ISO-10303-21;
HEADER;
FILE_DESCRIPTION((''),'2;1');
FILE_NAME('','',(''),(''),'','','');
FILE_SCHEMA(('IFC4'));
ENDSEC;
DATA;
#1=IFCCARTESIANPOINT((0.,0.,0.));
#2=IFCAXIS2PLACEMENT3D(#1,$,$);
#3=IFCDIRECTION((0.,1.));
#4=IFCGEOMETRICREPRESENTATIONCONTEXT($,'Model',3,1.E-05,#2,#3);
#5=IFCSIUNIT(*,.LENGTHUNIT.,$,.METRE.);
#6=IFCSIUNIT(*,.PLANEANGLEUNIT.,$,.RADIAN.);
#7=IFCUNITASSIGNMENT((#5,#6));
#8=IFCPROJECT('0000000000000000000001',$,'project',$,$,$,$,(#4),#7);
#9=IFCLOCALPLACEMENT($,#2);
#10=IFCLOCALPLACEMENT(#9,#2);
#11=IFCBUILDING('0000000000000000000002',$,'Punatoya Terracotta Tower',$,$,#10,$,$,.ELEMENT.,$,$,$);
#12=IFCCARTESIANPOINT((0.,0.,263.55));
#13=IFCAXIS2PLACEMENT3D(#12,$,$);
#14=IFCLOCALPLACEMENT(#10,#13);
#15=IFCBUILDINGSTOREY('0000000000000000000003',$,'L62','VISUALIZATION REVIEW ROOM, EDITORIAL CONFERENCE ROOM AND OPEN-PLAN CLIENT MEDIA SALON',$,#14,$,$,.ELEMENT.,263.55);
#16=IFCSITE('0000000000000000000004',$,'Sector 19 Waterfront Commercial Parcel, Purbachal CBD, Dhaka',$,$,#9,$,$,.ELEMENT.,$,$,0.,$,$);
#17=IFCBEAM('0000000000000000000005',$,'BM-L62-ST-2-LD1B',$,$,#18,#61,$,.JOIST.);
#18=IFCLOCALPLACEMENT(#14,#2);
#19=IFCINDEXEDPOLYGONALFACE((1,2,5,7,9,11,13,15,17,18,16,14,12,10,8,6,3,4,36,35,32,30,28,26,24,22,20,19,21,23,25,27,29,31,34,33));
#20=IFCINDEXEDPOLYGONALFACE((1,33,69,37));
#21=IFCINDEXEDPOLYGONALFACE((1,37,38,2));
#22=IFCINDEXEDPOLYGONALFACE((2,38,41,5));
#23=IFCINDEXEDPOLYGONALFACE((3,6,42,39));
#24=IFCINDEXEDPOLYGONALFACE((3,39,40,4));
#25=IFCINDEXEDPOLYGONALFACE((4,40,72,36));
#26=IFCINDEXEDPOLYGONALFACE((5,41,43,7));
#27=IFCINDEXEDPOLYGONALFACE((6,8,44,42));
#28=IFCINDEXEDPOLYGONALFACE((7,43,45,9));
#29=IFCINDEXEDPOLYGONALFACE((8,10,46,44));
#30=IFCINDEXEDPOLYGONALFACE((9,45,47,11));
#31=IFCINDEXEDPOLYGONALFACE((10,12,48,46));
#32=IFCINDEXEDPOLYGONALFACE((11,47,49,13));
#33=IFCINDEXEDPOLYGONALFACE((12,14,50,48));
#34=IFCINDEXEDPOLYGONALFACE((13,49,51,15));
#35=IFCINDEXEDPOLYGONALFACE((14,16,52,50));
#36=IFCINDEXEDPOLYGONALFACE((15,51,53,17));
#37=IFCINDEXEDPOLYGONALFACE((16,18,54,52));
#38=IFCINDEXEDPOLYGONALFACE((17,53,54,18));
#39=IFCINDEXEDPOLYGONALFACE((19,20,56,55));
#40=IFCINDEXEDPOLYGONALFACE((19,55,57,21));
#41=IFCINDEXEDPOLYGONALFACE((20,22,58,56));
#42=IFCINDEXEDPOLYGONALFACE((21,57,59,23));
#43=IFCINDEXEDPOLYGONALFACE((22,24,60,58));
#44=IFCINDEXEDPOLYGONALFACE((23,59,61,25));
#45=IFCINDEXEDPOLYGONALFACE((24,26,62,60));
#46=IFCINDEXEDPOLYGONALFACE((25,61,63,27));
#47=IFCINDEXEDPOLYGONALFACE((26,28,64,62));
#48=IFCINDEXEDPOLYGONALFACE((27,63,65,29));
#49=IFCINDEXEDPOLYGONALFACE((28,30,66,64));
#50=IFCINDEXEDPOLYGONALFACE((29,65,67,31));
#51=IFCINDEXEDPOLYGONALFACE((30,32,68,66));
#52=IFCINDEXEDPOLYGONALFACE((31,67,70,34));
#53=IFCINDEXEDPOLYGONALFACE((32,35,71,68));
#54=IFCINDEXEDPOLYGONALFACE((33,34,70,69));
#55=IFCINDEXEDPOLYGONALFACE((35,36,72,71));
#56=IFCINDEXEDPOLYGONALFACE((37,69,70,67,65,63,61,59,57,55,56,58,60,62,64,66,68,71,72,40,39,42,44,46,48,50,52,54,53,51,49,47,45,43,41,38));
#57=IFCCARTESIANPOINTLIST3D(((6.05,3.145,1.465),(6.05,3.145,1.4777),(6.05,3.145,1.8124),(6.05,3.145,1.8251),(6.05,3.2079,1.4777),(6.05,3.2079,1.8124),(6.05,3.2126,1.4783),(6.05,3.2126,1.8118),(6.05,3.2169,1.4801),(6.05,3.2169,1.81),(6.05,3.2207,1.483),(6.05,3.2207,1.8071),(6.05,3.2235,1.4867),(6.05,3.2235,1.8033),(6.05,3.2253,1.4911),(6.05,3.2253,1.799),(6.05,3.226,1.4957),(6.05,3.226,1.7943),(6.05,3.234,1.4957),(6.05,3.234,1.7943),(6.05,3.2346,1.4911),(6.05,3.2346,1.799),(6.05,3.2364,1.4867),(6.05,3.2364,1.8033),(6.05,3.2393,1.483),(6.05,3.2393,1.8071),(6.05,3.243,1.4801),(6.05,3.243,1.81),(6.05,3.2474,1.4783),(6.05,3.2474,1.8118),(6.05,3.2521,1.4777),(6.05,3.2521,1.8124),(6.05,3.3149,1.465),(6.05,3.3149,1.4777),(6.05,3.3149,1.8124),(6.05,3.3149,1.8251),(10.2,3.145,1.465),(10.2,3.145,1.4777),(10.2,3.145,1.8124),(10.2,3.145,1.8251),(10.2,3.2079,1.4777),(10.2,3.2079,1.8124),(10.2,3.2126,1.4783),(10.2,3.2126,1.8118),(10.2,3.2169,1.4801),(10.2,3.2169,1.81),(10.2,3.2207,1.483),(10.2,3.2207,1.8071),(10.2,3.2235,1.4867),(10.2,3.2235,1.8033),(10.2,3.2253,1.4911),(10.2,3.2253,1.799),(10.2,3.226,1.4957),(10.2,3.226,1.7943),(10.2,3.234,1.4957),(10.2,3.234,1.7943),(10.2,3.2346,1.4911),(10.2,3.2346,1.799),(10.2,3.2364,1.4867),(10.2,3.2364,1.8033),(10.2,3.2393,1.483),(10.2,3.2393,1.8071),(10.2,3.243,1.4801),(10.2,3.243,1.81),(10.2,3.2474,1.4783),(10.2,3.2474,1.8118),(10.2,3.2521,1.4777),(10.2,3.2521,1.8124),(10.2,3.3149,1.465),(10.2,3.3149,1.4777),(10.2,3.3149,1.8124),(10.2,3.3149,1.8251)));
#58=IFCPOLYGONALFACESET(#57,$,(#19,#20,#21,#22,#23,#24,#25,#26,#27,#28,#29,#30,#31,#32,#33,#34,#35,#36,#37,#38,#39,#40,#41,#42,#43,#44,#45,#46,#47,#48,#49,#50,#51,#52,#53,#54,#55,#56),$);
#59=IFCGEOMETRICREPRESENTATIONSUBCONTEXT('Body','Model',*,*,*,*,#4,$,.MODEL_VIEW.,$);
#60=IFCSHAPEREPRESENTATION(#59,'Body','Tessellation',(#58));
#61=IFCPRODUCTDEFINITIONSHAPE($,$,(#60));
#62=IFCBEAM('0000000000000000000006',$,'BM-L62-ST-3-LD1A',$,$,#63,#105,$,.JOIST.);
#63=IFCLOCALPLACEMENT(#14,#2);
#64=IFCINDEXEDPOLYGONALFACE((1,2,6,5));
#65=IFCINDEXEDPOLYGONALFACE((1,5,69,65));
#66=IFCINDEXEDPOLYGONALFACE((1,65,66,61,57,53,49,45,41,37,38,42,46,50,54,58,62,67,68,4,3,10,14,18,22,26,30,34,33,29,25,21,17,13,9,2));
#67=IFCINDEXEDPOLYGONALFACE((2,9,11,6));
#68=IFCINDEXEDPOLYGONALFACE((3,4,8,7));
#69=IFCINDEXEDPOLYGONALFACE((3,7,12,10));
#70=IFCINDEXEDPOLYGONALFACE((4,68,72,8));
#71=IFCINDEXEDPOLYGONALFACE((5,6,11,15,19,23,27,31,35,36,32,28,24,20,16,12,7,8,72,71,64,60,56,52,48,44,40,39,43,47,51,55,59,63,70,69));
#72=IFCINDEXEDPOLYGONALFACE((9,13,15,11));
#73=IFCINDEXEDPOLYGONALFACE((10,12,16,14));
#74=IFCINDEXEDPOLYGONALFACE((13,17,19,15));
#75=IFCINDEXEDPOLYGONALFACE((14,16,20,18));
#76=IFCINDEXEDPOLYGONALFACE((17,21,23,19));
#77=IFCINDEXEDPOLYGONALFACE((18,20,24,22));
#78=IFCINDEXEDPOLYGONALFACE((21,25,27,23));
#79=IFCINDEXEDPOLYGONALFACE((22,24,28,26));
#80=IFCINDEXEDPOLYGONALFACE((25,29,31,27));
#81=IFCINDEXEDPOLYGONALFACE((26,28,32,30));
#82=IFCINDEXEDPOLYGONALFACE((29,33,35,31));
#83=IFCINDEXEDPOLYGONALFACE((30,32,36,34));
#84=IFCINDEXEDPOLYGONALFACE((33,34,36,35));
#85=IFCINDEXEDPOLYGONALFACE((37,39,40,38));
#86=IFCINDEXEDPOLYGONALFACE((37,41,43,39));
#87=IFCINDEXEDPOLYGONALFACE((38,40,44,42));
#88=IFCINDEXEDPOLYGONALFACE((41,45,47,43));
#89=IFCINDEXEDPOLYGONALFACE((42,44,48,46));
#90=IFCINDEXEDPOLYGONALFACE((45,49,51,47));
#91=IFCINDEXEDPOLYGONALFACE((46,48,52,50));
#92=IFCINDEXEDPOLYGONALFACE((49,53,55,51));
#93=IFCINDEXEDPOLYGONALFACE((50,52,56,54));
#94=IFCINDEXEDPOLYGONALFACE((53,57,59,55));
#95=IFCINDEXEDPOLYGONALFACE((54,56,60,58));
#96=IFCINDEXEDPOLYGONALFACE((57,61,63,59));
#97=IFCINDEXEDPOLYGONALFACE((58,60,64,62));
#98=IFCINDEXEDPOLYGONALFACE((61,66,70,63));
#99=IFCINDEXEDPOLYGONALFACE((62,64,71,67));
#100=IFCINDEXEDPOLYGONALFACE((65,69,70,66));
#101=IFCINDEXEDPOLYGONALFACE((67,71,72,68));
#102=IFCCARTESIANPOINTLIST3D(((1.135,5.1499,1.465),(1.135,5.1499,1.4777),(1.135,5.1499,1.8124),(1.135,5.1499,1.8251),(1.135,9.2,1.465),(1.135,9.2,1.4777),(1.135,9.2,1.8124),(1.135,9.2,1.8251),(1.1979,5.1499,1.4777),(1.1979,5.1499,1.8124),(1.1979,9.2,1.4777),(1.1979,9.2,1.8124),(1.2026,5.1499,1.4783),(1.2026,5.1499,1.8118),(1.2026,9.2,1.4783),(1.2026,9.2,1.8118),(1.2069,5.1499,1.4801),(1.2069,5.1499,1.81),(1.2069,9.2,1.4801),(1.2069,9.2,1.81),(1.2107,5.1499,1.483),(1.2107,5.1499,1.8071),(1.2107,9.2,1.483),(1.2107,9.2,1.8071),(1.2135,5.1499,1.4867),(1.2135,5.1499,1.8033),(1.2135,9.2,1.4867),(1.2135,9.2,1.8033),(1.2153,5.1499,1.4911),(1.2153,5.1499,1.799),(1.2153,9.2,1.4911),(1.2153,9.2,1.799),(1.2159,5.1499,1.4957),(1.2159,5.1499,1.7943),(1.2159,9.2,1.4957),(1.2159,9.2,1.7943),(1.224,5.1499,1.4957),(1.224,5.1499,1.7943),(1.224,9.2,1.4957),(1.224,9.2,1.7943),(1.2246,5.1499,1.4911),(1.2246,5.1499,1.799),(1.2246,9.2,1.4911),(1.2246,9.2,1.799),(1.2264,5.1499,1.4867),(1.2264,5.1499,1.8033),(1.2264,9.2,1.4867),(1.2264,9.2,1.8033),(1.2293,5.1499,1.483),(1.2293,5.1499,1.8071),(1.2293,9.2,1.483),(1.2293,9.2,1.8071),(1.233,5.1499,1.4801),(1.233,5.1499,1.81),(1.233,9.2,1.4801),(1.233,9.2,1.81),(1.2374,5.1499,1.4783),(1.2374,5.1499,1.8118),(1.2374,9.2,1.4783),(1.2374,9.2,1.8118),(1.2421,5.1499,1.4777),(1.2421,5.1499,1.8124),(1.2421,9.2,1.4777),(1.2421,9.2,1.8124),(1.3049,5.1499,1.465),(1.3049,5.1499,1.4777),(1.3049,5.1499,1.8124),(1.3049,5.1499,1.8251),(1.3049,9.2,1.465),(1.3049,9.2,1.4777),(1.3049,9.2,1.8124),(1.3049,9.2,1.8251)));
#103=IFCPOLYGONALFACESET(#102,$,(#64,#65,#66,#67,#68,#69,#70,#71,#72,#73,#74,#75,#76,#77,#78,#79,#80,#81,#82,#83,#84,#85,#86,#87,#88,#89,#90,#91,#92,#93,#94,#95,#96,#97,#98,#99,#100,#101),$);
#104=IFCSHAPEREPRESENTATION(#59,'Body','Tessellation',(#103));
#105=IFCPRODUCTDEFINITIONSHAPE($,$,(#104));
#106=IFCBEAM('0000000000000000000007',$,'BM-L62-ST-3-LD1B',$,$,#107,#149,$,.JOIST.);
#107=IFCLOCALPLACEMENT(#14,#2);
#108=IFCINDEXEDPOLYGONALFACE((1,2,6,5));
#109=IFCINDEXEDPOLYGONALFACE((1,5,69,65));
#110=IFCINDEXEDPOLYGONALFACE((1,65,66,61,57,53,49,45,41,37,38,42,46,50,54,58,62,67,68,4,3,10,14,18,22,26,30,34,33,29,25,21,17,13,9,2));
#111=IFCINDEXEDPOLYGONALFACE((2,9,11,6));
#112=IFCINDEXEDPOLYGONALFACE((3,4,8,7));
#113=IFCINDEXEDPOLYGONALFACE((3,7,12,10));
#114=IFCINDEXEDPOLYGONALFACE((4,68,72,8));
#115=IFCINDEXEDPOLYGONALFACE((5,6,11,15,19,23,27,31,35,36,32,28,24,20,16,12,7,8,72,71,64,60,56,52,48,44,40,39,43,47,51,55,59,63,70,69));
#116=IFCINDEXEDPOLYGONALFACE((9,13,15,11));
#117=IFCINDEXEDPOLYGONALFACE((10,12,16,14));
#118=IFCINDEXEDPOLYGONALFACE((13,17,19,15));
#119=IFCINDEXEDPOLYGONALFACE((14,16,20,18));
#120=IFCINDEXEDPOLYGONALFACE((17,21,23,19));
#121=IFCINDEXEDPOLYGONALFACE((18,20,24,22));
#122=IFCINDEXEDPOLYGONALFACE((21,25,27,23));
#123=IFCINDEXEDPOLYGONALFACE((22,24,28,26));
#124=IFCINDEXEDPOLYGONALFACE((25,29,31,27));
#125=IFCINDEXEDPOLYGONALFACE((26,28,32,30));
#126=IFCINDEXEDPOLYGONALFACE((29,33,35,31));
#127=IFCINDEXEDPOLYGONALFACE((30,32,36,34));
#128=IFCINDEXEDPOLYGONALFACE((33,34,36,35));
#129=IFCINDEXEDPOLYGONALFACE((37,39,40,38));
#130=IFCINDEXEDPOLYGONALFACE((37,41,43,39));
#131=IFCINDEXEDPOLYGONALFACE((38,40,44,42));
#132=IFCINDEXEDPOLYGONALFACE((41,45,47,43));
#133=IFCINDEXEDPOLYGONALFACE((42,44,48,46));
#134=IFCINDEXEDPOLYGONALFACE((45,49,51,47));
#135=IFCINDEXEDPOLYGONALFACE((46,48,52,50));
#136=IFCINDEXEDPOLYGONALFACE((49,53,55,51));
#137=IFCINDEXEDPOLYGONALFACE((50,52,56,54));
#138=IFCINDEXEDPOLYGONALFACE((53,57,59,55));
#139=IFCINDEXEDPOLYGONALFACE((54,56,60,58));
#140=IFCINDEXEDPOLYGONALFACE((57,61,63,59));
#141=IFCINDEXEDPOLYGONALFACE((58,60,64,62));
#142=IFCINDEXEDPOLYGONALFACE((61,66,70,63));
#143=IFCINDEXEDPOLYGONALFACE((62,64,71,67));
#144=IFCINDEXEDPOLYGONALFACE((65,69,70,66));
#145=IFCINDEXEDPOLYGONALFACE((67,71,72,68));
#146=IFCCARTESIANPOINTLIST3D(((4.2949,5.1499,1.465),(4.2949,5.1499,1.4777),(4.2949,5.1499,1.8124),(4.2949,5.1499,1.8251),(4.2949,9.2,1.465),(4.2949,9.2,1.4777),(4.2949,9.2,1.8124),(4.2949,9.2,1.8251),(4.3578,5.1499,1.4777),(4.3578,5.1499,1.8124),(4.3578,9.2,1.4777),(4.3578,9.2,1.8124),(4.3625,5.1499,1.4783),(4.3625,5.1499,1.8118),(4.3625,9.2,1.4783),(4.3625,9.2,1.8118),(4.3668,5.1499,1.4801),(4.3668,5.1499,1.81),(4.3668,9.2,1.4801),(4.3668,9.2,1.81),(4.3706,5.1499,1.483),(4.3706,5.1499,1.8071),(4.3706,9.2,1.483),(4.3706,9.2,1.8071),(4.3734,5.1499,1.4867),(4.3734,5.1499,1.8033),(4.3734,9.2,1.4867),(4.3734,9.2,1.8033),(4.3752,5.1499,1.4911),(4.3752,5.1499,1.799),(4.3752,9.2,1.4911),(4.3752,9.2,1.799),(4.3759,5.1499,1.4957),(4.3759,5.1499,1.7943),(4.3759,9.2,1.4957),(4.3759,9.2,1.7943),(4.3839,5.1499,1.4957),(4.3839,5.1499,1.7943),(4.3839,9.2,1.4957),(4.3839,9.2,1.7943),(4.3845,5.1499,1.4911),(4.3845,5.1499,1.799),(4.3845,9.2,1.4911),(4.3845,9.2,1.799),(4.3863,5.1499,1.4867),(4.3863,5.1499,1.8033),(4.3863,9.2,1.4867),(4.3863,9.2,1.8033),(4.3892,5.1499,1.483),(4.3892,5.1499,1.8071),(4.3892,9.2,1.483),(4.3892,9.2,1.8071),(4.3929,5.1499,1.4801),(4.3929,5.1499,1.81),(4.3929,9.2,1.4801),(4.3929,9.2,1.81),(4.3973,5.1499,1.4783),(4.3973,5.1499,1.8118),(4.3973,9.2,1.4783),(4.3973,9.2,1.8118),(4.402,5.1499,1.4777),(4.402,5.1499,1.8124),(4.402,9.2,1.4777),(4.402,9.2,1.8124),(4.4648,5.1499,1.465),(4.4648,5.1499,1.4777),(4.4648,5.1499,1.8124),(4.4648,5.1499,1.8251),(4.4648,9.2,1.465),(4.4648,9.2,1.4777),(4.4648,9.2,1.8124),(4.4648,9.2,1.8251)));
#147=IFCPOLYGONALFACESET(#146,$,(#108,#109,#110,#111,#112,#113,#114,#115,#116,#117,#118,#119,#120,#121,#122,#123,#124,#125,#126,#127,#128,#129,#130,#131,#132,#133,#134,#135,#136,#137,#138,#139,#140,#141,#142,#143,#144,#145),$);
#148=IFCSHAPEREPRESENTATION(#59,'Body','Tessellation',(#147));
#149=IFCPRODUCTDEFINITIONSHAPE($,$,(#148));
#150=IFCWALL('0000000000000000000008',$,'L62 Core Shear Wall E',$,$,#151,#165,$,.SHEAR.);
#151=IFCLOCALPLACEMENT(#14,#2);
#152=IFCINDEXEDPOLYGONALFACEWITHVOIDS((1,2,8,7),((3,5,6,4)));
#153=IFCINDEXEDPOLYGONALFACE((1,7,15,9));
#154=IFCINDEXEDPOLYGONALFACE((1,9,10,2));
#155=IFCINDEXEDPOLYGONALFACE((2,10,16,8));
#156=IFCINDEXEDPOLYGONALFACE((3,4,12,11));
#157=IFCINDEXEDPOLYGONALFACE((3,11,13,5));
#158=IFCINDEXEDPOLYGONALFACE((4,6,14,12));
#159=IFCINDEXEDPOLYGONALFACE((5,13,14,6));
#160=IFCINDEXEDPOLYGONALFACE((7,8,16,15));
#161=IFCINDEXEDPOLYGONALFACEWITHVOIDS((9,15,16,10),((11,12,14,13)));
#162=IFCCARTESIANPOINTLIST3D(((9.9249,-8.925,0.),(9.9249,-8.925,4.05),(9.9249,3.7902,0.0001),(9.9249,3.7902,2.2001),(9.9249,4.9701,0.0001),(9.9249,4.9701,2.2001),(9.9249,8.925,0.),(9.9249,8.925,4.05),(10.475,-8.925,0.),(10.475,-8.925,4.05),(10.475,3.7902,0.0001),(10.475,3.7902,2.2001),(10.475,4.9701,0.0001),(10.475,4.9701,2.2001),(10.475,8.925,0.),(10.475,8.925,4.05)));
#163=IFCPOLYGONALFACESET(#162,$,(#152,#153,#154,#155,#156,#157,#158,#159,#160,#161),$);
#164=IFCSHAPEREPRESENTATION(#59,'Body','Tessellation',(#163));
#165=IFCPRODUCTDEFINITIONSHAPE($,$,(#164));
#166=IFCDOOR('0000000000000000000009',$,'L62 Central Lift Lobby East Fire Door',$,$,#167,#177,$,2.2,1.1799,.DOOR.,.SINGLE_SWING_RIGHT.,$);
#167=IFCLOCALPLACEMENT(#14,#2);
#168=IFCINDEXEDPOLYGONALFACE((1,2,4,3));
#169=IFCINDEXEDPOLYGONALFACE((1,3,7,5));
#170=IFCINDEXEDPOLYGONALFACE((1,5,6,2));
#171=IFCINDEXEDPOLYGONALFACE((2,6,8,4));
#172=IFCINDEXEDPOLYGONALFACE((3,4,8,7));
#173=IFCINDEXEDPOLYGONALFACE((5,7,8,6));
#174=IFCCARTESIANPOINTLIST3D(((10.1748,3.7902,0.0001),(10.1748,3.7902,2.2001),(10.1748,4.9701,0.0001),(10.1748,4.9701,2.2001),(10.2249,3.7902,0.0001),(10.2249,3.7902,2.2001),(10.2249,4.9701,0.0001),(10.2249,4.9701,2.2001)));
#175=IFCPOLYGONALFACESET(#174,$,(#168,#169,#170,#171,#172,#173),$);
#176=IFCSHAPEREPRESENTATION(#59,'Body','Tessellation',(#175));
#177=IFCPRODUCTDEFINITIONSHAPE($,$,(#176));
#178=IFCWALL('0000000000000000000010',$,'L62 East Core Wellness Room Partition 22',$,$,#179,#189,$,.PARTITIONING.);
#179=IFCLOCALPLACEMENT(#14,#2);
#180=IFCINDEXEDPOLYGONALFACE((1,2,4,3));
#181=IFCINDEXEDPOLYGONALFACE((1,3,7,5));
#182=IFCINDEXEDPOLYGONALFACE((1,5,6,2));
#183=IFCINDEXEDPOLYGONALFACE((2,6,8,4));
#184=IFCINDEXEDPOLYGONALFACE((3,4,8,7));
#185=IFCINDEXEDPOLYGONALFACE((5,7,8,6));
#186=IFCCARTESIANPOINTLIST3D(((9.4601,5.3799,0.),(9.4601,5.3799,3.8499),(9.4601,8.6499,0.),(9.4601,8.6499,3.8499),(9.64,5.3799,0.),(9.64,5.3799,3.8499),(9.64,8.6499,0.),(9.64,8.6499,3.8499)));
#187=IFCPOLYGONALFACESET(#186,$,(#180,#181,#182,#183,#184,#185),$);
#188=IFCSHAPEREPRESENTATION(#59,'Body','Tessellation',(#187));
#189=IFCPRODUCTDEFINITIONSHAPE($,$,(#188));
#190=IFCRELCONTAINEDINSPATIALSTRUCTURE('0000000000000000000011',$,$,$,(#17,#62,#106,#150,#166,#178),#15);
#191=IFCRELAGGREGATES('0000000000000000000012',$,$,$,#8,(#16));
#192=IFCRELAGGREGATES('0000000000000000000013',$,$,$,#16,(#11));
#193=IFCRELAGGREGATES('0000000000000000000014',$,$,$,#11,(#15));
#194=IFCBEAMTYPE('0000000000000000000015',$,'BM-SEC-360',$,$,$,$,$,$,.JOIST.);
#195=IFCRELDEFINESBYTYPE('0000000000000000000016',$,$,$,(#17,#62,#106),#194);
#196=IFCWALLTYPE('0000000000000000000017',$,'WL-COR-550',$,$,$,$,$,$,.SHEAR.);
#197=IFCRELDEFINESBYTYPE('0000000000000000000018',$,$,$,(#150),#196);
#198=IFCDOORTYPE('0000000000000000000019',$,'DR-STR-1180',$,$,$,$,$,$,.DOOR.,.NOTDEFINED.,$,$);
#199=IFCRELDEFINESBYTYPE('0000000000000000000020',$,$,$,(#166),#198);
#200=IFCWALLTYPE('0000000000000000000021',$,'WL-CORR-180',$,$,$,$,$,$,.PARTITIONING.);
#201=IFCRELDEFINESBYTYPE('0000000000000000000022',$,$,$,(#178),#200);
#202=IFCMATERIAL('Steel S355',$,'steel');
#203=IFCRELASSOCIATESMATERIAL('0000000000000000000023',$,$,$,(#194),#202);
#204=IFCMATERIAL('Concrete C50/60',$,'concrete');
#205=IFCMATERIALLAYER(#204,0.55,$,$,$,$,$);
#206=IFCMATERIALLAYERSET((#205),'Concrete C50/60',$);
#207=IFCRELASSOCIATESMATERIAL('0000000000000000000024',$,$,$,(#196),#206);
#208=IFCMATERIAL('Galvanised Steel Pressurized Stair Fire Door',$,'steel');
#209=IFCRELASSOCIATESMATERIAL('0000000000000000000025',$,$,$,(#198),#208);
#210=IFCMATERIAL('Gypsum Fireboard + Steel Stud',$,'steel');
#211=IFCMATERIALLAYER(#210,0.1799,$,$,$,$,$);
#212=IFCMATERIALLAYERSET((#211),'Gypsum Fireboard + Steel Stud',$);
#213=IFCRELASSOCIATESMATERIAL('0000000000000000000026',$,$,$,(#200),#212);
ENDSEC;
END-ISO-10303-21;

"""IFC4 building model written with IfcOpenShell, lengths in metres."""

from ifc_helpers import new_model, si_unit, direction, frame, frame_2d, origin, origin_2d, place, context, subcontext, project, spatial, rectangle, i_section, extrude, material, layer, layer_set, material_profile, profile_set, type_object, element, fill, save


model = new_model("IFC4")

# Units and contexts
model_context = context("Model", 3, precision=1e-05, world=origin(), true_north=direction((0.0, 1.0)))
body_context = subcontext(model_context, "Body", "Model", "MODEL_VIEW")
ifc_project = project(units=[si_unit("LENGTHUNIT", "METRE"), si_unit("PLANEANGLEUNIT", "RADIAN")], contexts=[model_context])

# Site, building, storey
site_placement = place(None, origin())
site = spatial("IfcSite", under=ifc_project, at=site_placement, Name="Sector 19 Waterfront Commercial Parcel, Purbachal CBD, Dhaka", CompositionType="ELEMENT", RefElevation=0.0)
building_placement = place(site_placement, origin())
building = spatial("IfcBuilding", under=site, at=building_placement, Name="Punatoya Terracotta Tower", CompositionType="ELEMENT")
storey_placement = place(building_placement, frame((0.0, 0.0, 263.55)))
storey = spatial("IfcBuildingStorey", under=building, at=storey_placement, Name="L62", Description="VISUALIZATION REVIEW ROOM, EDITORIAL CONFERENCE ROOM AND OPEN-PLAN CLIENT MEDIA SALON", CompositionType="ELEMENT", Elevation=263.55)

# Beams
ifc_material_1 = material(Name="Steel S355", Category="steel")
ifc_material_profile_1 = material_profile(ifc_material_1, i_section(OverallWidth=0.1699, OverallDepth=0.3601, WebThickness=0.0081, FlangeThickness=0.0127, FilletRadius=0.0181, at=origin_2d()))
ifc_profile_set_1 = profile_set([ifc_material_profile_1], Name="Steel S355")
beam_type_1 = type_object("IfcBeamType", Name="BM-SEC-360", PredefinedType="JOIST", material=ifc_profile_set_1)
for number, where, z_axis, x_axis, name in (
    (1, (6.05, 3.23, 1.645), (1.0, 0.0, 0.0), (0.0, 1.0, 0.0), "BM-L62-ST-2-LD1B"),
):
    element("IfcBeam", number, at=place(storey_placement, frame(where, z_axis=z_axis, x_axis=x_axis)), inside=storey, type_object=beam_type_1, Name=name, PredefinedType="JOIST", context=body_context, shape_type="SweptSolid", body=[
        extrude(i_section(OverallWidth=0.1699, OverallDepth=0.3601, WebThickness=0.0081, FlangeThickness=0.0127, FilletRadius=0.0181, at=origin_2d()), origin(), (0.0, 0.0, 1.0), 4.1499),
    ])
for number, where, z_axis, x_axis, name in (
    (2, (1.22, 5.1499, 1.645), (0.0, 1.0, 0.0), (-1.0, 0.0, 0.0), "BM-L62-ST-3-LD1A"),
    (3, (4.3799, 5.1499, 1.645), (0.0, 1.0, 0.0), (-1.0, 0.0, 0.0), "BM-L62-ST-3-LD1B"),
):
    element("IfcBeam", number, at=place(storey_placement, frame(where, z_axis=z_axis, x_axis=x_axis)), inside=storey, type_object=beam_type_1, Name=name, PredefinedType="JOIST", context=body_context, shape_type="SweptSolid", body=[
        extrude(i_section(OverallWidth=0.1699, OverallDepth=0.3601, WebThickness=0.0081, FlangeThickness=0.0127, FilletRadius=0.0181, at=origin_2d()), origin(), (0.0, 0.0, 1.0), 4.05),
    ])

# Wall, opening, door
ifc_material_2 = material(Name="Concrete C50/60", Category="concrete")
ifc_layer_1 = layer(ifc_material_2, 0.55)
ifc_layer_set_1 = layer_set([ifc_layer_1], Name="Concrete C50/60")
wall_type_1 = type_object("IfcWallType", Name="WL-COR-550", PredefinedType="SHEAR", material=ifc_layer_set_1)
wall_1_placement = place(storey_placement, frame((10.2, 8.925, 0.0), z_axis=(0.0, 0.0, 1.0), x_axis=(0.0, -1.0, 0.0)))
wall_1 = element("IfcWall", 4, at=wall_1_placement, inside=storey, type_object=wall_type_1, Name="L62 Core Shear Wall E", PredefinedType="SHEAR", context=body_context, shape_type="SweptSolid", body=[
    extrude(rectangle(XDim=17.8501, YDim=0.55, at=frame_2d((8.925, 0.0))), origin(), (0.0, 0.0, 1.0), 4.05),
])
opening_1_placement = place(wall_1_placement, frame((3.9551, 0.0, 0.0)))
opening_1 = element("IfcOpeningElement", 5, at=opening_1_placement, cuts=wall_1, PredefinedType="OPENING", context=body_context, shape_type="SweptSolid", body=[
    extrude(rectangle(XDim=1.1799, YDim=2.2, at=frame_2d((0.5898, 1.1001))), frame((0.0, 0.2849, 0.0), z_axis=(0.0, -1.0, 0.0), x_axis=(1.0, 0.0, 0.0)), (0.0, 0.0, 1.0), 0.5701),
])
ifc_material_3 = material(Name="Galvanised Steel Pressurized Stair Fire Door", Category="steel")
door_type_1 = type_object("IfcDoorType", Name="DR-STR-1180", OperationType="NOTDEFINED", PredefinedType="DOOR", material=ifc_material_3)
door_1_placement = place(opening_1_placement, origin())
door_1 = element("IfcDoor", 6, at=door_1_placement, inside=storey, type_object=door_type_1, Name="L62 Central Lift Lobby East Fire Door", OperationType="SINGLE_SWING_RIGHT", OverallHeight=2.2, OverallWidth=1.1799, PredefinedType="DOOR", context=body_context, shape_type="SweptSolid", body=[
    extrude(rectangle(XDim=1.1799, YDim=2.2, at=frame_2d((0.5898, 1.1001))), frame((0.0, 0.0249, 0.0), z_axis=(0.0, -1.0, 0.0), x_axis=(1.0, 0.0, 0.0)), (0.0, 0.0, 1.0), 0.05),
])
fill(opening_1, door_1)

# Wall
ifc_material_4 = material(Name="Gypsum Fireboard + Steel Stud", Category="steel")
ifc_layer_2 = layer(ifc_material_4, 0.1799)
ifc_layer_set_2 = layer_set([ifc_layer_2], Name="Gypsum Fireboard + Steel Stud")
wall_type_2 = type_object("IfcWallType", Name="WL-CORR-180", PredefinedType="PARTITIONING", material=ifc_layer_set_2)
wall_2_placement = place(storey_placement, frame((9.55, 5.3799, 0.0), z_axis=(0.0, 0.0, 1.0), x_axis=(0.0, 1.0, 0.0)))
element("IfcWall", 7, at=wall_2_placement, inside=storey, type_object=wall_type_2, Name="L62 East Core Wellness Room Partition 22", PredefinedType="PARTITIONING", context=body_context, shape_type="SweptSolid", body=[
    extrude(rectangle(XDim=3.27, YDim=0.1799, at=frame_2d((1.635, 0.0))), origin(), (0.0, 0.0, 1.0), 3.8499),
])

save(model, "model.ifc")
